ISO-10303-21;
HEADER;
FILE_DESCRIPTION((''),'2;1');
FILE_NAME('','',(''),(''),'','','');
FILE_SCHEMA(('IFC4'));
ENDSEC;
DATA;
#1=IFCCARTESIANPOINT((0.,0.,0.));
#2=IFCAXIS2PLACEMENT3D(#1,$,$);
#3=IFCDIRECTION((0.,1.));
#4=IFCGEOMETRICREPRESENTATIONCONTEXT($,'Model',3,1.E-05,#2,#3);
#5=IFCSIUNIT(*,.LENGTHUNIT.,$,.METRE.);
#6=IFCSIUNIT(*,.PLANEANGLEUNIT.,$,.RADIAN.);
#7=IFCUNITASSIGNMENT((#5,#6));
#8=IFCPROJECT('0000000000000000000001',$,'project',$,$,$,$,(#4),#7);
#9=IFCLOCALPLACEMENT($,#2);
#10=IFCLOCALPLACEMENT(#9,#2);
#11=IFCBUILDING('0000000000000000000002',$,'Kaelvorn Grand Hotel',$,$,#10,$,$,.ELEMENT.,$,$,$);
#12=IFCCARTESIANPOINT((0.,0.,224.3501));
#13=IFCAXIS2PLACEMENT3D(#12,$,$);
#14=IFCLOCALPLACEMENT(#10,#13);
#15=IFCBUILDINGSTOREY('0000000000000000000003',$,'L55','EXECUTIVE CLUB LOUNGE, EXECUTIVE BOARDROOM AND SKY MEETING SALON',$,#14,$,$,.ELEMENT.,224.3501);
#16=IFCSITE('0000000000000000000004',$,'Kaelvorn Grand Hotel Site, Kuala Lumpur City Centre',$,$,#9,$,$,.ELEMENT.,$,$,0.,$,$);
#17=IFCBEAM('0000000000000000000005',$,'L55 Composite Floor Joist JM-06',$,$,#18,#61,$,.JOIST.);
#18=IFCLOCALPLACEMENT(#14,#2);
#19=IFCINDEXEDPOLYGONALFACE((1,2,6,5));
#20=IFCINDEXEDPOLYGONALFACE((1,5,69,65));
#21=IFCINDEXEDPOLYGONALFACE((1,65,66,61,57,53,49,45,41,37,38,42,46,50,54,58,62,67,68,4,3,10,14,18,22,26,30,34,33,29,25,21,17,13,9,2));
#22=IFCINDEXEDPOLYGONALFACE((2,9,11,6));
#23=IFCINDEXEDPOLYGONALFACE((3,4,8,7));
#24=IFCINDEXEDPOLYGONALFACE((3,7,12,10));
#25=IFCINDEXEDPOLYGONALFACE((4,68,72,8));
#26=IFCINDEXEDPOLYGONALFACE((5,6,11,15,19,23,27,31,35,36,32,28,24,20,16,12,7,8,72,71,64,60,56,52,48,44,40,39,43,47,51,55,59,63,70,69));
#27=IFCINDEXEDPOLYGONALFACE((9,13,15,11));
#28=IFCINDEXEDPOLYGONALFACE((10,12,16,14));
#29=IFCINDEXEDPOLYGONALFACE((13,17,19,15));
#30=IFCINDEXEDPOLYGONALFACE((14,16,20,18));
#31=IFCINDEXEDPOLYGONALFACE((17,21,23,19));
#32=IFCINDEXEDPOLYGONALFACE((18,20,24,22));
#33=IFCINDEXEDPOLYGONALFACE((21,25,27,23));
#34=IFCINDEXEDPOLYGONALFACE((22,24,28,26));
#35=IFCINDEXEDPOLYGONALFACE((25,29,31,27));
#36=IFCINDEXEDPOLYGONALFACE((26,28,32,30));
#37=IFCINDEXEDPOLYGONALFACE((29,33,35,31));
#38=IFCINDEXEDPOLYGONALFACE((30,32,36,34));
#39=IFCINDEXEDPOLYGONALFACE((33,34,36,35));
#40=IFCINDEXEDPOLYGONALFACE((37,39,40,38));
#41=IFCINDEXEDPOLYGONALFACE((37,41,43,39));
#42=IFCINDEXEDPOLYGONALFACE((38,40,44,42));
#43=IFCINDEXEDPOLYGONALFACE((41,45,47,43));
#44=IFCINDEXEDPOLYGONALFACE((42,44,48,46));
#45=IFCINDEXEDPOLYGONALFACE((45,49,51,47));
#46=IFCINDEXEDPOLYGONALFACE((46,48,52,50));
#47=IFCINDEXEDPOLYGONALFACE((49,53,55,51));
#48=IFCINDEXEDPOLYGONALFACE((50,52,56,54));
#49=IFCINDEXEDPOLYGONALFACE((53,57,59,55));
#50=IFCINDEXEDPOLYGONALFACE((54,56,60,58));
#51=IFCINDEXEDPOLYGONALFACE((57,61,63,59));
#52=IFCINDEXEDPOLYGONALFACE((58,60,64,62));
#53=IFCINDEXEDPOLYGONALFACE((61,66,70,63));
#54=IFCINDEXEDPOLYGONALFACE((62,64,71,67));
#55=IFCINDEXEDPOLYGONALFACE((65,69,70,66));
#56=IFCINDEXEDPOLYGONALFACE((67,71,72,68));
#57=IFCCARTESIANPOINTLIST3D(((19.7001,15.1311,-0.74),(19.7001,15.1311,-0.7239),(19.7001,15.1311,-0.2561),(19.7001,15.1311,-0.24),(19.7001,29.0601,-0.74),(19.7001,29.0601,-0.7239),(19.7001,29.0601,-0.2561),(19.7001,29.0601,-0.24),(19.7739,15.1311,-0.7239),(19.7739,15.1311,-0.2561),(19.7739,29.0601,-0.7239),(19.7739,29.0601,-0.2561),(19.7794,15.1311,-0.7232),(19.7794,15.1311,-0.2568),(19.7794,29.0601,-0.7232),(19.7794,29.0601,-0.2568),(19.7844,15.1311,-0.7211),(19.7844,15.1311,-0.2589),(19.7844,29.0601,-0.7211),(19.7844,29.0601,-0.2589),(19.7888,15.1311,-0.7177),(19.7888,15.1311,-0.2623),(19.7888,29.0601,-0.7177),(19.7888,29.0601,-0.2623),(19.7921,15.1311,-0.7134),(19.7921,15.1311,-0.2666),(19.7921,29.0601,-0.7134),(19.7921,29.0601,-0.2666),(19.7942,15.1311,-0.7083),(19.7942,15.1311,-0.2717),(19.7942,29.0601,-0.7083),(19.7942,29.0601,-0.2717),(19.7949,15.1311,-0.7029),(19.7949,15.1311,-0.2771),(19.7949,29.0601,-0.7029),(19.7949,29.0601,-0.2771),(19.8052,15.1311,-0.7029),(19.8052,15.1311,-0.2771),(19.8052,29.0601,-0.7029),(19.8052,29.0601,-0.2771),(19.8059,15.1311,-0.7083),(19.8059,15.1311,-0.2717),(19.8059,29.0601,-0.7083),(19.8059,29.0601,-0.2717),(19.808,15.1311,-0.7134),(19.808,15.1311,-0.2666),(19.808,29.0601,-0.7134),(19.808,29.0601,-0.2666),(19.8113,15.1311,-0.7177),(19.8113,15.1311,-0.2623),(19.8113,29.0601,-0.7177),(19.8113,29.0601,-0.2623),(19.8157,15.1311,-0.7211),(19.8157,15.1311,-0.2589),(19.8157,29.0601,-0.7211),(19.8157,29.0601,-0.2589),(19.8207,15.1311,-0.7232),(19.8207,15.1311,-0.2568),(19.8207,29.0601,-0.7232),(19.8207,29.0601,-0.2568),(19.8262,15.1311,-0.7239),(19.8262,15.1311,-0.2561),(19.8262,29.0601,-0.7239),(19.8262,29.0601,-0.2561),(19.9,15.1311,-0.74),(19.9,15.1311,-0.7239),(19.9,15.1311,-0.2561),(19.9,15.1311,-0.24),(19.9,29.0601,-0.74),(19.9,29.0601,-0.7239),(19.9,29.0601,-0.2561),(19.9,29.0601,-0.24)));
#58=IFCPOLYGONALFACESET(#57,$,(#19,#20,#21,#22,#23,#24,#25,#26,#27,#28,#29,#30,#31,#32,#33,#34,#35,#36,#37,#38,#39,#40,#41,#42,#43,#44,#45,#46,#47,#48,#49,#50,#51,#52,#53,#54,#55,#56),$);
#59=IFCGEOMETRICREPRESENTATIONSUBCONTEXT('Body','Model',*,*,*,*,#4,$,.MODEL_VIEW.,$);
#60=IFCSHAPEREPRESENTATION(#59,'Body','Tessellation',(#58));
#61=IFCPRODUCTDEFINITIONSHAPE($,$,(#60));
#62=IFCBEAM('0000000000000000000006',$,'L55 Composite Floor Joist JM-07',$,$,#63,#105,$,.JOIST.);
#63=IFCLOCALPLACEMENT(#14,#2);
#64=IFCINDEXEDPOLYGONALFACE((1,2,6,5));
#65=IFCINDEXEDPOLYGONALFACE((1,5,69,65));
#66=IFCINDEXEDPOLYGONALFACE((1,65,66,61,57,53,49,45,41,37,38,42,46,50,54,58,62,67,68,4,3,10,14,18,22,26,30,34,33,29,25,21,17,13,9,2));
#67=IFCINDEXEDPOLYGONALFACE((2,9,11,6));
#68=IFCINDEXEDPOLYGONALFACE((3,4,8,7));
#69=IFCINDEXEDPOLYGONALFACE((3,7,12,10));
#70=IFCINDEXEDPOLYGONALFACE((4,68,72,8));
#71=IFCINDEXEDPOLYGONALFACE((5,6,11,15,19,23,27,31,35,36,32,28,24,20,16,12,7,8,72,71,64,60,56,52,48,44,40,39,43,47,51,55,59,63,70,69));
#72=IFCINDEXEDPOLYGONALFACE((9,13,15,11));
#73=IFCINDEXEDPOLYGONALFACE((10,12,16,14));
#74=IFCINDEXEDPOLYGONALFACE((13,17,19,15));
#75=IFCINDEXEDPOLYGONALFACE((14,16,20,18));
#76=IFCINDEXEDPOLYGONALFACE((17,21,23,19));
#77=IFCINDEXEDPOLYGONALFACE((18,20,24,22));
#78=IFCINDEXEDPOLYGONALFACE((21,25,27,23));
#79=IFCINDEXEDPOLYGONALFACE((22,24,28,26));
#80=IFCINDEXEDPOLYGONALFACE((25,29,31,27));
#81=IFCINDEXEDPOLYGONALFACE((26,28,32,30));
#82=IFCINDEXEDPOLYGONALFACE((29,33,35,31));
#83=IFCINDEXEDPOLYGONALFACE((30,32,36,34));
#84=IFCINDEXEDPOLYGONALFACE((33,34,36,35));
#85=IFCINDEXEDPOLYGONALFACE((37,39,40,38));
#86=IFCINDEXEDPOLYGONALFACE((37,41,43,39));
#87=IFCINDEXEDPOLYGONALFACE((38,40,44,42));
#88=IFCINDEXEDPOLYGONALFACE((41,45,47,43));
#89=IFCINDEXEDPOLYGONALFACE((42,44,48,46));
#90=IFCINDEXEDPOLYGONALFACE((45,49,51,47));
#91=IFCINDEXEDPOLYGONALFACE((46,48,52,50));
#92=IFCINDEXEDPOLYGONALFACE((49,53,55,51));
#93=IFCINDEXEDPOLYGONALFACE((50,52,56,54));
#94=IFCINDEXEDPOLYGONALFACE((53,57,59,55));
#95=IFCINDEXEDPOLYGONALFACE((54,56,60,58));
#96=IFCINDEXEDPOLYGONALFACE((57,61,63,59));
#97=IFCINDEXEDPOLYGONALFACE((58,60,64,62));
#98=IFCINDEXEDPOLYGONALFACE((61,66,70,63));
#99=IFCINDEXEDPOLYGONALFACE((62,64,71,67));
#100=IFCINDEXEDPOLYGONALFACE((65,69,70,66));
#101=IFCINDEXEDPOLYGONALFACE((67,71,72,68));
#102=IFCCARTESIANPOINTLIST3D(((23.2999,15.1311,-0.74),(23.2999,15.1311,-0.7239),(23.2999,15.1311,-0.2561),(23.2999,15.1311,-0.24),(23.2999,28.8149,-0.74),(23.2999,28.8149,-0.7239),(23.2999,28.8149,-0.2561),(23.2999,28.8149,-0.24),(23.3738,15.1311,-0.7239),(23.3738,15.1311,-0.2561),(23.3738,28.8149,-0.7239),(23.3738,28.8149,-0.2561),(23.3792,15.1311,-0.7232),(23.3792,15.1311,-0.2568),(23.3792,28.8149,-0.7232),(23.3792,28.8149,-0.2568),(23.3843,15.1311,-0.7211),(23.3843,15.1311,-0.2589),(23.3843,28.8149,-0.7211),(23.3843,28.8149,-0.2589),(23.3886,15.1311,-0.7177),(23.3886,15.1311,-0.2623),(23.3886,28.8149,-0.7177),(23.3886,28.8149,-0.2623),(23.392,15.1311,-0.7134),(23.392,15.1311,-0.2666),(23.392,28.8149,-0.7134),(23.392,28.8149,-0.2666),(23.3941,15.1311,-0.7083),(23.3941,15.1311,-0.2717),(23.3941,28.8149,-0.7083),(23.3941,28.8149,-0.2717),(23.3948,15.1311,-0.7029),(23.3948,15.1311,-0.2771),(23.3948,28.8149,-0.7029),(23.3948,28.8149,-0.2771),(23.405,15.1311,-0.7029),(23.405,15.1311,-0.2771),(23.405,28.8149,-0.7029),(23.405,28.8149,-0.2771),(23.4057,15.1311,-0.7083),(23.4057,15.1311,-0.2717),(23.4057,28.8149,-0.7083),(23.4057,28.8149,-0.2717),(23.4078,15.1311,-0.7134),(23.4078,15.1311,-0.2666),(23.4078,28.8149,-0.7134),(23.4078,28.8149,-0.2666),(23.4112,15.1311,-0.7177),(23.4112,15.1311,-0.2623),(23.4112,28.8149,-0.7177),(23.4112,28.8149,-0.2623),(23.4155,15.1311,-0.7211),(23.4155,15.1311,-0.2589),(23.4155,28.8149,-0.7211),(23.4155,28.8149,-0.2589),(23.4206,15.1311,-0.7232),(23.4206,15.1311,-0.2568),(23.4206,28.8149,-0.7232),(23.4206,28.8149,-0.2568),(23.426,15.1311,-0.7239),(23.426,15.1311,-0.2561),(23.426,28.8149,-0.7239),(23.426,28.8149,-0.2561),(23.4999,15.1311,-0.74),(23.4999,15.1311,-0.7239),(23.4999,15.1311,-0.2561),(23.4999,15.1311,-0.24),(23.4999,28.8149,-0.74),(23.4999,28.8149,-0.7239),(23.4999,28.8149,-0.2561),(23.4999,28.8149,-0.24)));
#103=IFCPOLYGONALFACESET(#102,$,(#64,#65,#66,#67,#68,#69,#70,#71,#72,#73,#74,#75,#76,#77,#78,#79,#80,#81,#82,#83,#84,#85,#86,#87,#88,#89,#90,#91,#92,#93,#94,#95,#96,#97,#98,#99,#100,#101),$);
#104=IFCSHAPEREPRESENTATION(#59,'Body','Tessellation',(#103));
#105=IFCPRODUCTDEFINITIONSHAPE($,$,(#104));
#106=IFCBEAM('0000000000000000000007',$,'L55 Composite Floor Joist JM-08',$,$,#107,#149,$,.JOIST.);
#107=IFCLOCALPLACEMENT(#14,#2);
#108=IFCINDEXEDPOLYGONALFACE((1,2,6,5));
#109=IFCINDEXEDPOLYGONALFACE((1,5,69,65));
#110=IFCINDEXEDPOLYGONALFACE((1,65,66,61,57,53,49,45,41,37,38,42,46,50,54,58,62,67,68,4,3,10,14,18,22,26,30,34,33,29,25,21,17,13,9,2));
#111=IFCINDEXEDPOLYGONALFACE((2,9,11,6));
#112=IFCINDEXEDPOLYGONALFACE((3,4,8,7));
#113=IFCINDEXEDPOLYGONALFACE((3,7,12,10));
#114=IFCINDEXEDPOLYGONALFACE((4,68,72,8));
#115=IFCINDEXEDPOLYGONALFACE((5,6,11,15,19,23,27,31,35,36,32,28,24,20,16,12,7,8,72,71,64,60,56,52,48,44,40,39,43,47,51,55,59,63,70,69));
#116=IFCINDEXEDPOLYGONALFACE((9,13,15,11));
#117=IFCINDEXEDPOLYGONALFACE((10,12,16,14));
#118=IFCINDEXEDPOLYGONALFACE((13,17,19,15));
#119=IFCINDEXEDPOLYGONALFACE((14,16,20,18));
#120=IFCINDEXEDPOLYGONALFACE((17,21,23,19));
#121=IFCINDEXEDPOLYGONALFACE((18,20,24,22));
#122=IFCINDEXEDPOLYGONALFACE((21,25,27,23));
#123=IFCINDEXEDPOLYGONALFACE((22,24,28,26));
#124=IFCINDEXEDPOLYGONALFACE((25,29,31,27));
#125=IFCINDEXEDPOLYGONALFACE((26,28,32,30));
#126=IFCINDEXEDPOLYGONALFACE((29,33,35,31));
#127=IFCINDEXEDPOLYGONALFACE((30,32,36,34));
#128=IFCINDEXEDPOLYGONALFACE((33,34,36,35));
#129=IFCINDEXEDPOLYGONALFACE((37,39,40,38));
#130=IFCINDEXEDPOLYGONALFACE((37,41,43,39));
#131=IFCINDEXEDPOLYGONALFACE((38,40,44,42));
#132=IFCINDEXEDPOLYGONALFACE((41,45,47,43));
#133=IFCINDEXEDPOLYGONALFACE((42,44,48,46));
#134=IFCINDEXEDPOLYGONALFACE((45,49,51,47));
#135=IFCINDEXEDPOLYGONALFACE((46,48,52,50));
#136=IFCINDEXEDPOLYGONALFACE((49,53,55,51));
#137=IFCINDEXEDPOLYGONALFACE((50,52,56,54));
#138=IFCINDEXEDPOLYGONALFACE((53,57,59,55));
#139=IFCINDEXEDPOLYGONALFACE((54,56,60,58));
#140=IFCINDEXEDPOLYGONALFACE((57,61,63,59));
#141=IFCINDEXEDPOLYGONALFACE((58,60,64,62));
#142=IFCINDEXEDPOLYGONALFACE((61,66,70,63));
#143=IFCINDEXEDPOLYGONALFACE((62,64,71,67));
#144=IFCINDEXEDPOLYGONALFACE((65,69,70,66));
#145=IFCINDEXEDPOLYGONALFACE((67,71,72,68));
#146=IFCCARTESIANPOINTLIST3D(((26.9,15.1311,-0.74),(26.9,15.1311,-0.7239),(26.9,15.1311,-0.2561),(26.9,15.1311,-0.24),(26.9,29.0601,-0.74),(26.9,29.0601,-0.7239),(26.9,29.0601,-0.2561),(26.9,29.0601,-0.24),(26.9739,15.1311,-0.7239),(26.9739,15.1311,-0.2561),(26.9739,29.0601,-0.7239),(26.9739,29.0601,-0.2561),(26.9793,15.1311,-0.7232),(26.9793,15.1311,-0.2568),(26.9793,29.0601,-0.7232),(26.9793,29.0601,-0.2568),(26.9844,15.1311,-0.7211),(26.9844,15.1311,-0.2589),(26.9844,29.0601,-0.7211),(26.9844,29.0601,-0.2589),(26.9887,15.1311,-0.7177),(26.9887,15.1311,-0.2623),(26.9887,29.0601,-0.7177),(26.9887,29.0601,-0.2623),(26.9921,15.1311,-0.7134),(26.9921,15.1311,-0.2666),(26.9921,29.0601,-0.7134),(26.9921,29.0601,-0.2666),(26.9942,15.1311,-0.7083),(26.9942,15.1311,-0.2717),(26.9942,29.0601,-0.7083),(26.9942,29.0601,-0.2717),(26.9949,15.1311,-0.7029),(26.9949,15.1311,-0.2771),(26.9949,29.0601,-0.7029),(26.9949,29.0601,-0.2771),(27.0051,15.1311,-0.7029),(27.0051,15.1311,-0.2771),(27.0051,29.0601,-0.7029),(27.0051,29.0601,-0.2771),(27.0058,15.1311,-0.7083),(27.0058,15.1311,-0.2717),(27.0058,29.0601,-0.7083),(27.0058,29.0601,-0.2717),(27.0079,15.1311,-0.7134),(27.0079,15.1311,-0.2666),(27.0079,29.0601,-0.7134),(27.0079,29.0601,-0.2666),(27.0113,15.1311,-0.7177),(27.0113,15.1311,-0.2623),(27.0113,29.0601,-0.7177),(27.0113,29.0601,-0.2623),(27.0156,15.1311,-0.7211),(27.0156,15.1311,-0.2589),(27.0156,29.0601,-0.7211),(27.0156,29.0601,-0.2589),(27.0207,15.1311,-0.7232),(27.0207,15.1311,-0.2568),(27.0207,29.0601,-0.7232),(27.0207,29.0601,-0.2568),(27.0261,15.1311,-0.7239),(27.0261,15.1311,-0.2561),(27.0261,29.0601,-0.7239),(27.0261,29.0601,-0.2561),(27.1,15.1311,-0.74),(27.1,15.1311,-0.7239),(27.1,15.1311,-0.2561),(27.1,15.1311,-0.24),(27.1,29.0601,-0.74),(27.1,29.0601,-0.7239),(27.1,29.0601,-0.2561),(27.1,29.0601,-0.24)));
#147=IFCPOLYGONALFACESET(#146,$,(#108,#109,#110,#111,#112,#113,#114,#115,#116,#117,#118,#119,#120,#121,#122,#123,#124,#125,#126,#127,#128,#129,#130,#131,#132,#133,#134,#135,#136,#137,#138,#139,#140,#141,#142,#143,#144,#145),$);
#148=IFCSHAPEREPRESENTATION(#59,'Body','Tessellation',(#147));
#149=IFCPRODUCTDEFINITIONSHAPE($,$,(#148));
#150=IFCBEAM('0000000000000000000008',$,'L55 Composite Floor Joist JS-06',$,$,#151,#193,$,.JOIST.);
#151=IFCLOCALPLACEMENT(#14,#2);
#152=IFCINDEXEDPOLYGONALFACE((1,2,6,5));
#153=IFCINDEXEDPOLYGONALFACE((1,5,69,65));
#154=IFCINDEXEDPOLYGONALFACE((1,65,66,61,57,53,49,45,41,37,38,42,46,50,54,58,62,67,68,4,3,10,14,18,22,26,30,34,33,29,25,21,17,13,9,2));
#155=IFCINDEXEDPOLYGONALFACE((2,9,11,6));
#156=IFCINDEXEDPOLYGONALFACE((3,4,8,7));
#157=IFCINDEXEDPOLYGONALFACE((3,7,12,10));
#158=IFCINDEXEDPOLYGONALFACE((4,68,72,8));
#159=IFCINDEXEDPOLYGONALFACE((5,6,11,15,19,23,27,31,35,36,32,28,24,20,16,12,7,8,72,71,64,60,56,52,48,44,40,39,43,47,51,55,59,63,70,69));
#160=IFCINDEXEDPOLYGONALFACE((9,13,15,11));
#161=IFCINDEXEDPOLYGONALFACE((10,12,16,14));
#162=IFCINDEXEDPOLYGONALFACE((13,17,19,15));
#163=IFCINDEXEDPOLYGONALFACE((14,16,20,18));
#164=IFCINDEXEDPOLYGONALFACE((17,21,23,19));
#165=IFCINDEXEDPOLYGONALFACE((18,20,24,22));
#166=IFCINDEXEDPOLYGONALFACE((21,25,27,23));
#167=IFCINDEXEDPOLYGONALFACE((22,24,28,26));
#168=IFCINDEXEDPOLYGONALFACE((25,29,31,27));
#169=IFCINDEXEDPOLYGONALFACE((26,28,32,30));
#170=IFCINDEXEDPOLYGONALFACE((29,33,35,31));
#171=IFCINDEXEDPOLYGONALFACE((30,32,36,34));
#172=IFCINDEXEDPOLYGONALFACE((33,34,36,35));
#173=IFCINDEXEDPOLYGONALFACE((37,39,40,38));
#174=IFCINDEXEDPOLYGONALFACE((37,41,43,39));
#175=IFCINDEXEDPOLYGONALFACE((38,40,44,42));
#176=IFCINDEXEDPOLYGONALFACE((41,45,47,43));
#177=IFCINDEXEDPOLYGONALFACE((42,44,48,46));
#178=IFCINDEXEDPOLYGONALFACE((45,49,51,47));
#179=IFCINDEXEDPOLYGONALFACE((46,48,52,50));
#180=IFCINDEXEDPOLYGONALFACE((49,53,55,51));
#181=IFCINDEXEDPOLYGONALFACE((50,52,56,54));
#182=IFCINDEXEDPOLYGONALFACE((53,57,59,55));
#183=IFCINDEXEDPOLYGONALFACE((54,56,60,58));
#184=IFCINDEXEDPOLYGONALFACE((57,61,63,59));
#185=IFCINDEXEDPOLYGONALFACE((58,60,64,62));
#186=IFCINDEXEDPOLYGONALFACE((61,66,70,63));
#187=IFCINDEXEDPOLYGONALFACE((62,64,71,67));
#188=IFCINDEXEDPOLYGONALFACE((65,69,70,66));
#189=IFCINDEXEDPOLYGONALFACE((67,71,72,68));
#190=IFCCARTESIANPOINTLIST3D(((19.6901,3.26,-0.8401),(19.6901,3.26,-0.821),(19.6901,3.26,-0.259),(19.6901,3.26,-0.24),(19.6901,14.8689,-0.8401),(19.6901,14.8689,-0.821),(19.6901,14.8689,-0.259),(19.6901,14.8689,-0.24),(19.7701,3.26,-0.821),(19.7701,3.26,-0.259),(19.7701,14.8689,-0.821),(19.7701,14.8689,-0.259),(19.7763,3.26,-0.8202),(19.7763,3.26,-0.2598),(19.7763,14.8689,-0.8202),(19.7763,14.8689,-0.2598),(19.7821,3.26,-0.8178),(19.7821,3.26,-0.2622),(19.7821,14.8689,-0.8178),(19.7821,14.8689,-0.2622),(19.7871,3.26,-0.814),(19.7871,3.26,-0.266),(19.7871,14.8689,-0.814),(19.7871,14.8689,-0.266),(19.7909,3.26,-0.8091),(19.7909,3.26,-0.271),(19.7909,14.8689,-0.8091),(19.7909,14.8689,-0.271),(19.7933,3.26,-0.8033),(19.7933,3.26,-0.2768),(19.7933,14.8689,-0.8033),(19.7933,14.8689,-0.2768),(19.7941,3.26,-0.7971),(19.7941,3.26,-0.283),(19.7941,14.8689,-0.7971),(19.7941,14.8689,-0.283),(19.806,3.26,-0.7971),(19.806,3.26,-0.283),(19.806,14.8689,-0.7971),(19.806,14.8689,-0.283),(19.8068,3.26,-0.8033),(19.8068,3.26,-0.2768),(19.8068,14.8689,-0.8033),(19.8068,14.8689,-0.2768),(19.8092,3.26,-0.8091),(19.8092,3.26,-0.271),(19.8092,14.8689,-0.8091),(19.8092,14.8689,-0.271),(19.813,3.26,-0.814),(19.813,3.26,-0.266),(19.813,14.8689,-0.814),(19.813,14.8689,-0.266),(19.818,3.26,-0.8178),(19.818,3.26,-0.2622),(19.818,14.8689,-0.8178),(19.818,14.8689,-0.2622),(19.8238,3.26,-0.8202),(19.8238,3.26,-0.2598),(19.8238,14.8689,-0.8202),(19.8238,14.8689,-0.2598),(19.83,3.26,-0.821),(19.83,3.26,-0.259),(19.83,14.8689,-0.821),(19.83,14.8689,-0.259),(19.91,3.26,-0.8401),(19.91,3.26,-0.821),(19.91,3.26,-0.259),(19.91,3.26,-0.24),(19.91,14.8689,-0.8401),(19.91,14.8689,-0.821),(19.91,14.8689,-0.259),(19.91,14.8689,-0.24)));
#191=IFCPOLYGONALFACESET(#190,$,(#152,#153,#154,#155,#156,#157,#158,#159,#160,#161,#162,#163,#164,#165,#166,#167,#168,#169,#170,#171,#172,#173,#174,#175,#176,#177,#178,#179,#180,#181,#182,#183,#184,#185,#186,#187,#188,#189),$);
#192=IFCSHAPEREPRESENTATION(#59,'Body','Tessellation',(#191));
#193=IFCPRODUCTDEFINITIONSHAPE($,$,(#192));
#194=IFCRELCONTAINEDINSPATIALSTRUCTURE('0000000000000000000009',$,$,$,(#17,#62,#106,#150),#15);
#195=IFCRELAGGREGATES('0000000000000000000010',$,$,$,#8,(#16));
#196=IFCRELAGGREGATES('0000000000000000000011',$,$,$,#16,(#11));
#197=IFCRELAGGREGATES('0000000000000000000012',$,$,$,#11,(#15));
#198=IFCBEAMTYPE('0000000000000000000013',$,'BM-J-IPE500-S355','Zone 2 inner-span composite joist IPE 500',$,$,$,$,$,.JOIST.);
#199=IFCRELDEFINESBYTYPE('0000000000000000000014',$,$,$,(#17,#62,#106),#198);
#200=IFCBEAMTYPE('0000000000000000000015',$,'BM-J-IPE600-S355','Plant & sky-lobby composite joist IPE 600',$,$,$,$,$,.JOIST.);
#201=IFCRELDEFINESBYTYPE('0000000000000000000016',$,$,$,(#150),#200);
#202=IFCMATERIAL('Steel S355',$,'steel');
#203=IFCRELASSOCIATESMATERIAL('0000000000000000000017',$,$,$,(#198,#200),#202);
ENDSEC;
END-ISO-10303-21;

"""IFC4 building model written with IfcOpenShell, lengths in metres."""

from ifc_helpers import new_model, si_unit, direction, frame, origin, origin_2d, place, context, subcontext, project, spatial, i_section, extrude, material, material_profile, profile_set, type_object, element, save


model = new_model("IFC4")

# Units and contexts
model_context = context("Model", 3, precision=1e-05, world=origin(), true_north=direction((0.0, 1.0)))
body_context = subcontext(model_context, "Body", "Model", "MODEL_VIEW")
ifc_project = project(units=[si_unit("LENGTHUNIT", "METRE"), si_unit("PLANEANGLEUNIT", "RADIAN")], contexts=[model_context])

# Site, building, storey
site_placement = place(None, origin())
site = spatial("IfcSite", under=ifc_project, at=site_placement, Name="Kaelvorn Grand Hotel Site, Kuala Lumpur City Centre", CompositionType="ELEMENT", RefElevation=0.0)
building_placement = place(site_placement, origin())
building = spatial("IfcBuilding", under=site, at=building_placement, Name="Kaelvorn Grand Hotel", CompositionType="ELEMENT")
storey_placement = place(building_placement, frame((0.0, 0.0, 224.3501)))
storey = spatial("IfcBuildingStorey", under=building, at=storey_placement, Name="L55", Description="EXECUTIVE CLUB LOUNGE, EXECUTIVE BOARDROOM AND SKY MEETING SALON", CompositionType="ELEMENT", Elevation=224.3501)

# Beams
ifc_material_1 = material(Name="Steel S355", Category="steel")
ifc_material_profile_1 = material_profile(ifc_material_1, i_section(OverallWidth=0.2, OverallDepth=0.5, WebThickness=0.0103, FlangeThickness=0.0161, FilletRadius=0.021, at=origin_2d()), Name="IPE 500")
ifc_profile_set_1 = profile_set([ifc_material_profile_1], Name="Steel S355")
beam_type_1 = type_object("IfcBeamType", Name="BM-J-IPE500-S355", Description="Zone 2 inner-span composite joist IPE 500", PredefinedType="JOIST", material=ifc_profile_set_1)
beam_1_placement = place(storey_placement, frame((19.8, 15.1311, -0.49), z_axis=(0.0, 1.0, 0.0), x_axis=(-1.0, 0.0, 0.0)))
element("IfcBeam", 1, at=beam_1_placement, inside=storey, type_object=beam_type_1, Name="L55 Composite Floor Joist JM-06", PredefinedType="JOIST", context=body_context, shape_type="SweptSolid", body=[
    extrude(i_section(OverallWidth=0.2, OverallDepth=0.5, WebThickness=0.0103, FlangeThickness=0.0161, FilletRadius=0.021, at=origin_2d()), origin(), (0.0, 0.0, 1.0), 13.929),
])
beam_2_placement = place(storey_placement, frame((23.3999, 15.1311, -0.49), z_axis=(0.0, 1.0, 0.0), x_axis=(-1.0, 0.0, 0.0)))
element("IfcBeam", 2, at=beam_2_placement, inside=storey, type_object=beam_type_1, Name="L55 Composite Floor Joist JM-07", PredefinedType="JOIST", context=body_context, shape_type="SweptSolid", body=[
    extrude(i_section(OverallWidth=0.2, OverallDepth=0.5, WebThickness=0.0103, FlangeThickness=0.0161, FilletRadius=0.021, at=origin_2d()), origin(), (0.0, 0.0, 1.0), 13.6838),
])
beam_3_placement = place(storey_placement, frame((27.0, 15.1311, -0.49), z_axis=(0.0, 1.0, 0.0), x_axis=(-1.0, 0.0, 0.0)))
element("IfcBeam", 3, at=beam_3_placement, inside=storey, type_object=beam_type_1, Name="L55 Composite Floor Joist JM-08", PredefinedType="JOIST", context=body_context, shape_type="SweptSolid", body=[
    extrude(i_section(OverallWidth=0.2, OverallDepth=0.5, WebThickness=0.0103, FlangeThickness=0.0161, FilletRadius=0.021, at=origin_2d()), origin(), (0.0, 0.0, 1.0), 13.929),
])
ifc_material_profile_2 = material_profile(ifc_material_1, i_section(OverallWidth=0.22, OverallDepth=0.6001, WebThickness=0.012, FlangeThickness=0.019, FilletRadius=0.0239, at=origin_2d()), Name="IPE 600")
ifc_profile_set_2 = profile_set([ifc_material_profile_2], Name="Steel S355")
beam_type_2 = type_object("IfcBeamType", Name="BM-J-IPE600-S355", Description="Plant & sky-lobby composite joist IPE 600", PredefinedType="JOIST", material=ifc_profile_set_2)
beam_4_placement = place(storey_placement, frame((19.8, 3.26, -0.54), z_axis=(0.0, 1.0, 0.0), x_axis=(-1.0, 0.0, 0.0)))
element("IfcBeam", 4, at=beam_4_placement, inside=storey, type_object=beam_type_2, Name="L55 Composite Floor Joist JS-06", PredefinedType="JOIST", context=body_context, shape_type="SweptSolid", body=[
    extrude(i_section(OverallWidth=0.22, OverallDepth=0.6001, WebThickness=0.012, FlangeThickness=0.019, FilletRadius=0.0239, at=origin_2d()), origin(), (0.0, 0.0, 1.0), 11.6089),
])

save(model, "model.ifc")
